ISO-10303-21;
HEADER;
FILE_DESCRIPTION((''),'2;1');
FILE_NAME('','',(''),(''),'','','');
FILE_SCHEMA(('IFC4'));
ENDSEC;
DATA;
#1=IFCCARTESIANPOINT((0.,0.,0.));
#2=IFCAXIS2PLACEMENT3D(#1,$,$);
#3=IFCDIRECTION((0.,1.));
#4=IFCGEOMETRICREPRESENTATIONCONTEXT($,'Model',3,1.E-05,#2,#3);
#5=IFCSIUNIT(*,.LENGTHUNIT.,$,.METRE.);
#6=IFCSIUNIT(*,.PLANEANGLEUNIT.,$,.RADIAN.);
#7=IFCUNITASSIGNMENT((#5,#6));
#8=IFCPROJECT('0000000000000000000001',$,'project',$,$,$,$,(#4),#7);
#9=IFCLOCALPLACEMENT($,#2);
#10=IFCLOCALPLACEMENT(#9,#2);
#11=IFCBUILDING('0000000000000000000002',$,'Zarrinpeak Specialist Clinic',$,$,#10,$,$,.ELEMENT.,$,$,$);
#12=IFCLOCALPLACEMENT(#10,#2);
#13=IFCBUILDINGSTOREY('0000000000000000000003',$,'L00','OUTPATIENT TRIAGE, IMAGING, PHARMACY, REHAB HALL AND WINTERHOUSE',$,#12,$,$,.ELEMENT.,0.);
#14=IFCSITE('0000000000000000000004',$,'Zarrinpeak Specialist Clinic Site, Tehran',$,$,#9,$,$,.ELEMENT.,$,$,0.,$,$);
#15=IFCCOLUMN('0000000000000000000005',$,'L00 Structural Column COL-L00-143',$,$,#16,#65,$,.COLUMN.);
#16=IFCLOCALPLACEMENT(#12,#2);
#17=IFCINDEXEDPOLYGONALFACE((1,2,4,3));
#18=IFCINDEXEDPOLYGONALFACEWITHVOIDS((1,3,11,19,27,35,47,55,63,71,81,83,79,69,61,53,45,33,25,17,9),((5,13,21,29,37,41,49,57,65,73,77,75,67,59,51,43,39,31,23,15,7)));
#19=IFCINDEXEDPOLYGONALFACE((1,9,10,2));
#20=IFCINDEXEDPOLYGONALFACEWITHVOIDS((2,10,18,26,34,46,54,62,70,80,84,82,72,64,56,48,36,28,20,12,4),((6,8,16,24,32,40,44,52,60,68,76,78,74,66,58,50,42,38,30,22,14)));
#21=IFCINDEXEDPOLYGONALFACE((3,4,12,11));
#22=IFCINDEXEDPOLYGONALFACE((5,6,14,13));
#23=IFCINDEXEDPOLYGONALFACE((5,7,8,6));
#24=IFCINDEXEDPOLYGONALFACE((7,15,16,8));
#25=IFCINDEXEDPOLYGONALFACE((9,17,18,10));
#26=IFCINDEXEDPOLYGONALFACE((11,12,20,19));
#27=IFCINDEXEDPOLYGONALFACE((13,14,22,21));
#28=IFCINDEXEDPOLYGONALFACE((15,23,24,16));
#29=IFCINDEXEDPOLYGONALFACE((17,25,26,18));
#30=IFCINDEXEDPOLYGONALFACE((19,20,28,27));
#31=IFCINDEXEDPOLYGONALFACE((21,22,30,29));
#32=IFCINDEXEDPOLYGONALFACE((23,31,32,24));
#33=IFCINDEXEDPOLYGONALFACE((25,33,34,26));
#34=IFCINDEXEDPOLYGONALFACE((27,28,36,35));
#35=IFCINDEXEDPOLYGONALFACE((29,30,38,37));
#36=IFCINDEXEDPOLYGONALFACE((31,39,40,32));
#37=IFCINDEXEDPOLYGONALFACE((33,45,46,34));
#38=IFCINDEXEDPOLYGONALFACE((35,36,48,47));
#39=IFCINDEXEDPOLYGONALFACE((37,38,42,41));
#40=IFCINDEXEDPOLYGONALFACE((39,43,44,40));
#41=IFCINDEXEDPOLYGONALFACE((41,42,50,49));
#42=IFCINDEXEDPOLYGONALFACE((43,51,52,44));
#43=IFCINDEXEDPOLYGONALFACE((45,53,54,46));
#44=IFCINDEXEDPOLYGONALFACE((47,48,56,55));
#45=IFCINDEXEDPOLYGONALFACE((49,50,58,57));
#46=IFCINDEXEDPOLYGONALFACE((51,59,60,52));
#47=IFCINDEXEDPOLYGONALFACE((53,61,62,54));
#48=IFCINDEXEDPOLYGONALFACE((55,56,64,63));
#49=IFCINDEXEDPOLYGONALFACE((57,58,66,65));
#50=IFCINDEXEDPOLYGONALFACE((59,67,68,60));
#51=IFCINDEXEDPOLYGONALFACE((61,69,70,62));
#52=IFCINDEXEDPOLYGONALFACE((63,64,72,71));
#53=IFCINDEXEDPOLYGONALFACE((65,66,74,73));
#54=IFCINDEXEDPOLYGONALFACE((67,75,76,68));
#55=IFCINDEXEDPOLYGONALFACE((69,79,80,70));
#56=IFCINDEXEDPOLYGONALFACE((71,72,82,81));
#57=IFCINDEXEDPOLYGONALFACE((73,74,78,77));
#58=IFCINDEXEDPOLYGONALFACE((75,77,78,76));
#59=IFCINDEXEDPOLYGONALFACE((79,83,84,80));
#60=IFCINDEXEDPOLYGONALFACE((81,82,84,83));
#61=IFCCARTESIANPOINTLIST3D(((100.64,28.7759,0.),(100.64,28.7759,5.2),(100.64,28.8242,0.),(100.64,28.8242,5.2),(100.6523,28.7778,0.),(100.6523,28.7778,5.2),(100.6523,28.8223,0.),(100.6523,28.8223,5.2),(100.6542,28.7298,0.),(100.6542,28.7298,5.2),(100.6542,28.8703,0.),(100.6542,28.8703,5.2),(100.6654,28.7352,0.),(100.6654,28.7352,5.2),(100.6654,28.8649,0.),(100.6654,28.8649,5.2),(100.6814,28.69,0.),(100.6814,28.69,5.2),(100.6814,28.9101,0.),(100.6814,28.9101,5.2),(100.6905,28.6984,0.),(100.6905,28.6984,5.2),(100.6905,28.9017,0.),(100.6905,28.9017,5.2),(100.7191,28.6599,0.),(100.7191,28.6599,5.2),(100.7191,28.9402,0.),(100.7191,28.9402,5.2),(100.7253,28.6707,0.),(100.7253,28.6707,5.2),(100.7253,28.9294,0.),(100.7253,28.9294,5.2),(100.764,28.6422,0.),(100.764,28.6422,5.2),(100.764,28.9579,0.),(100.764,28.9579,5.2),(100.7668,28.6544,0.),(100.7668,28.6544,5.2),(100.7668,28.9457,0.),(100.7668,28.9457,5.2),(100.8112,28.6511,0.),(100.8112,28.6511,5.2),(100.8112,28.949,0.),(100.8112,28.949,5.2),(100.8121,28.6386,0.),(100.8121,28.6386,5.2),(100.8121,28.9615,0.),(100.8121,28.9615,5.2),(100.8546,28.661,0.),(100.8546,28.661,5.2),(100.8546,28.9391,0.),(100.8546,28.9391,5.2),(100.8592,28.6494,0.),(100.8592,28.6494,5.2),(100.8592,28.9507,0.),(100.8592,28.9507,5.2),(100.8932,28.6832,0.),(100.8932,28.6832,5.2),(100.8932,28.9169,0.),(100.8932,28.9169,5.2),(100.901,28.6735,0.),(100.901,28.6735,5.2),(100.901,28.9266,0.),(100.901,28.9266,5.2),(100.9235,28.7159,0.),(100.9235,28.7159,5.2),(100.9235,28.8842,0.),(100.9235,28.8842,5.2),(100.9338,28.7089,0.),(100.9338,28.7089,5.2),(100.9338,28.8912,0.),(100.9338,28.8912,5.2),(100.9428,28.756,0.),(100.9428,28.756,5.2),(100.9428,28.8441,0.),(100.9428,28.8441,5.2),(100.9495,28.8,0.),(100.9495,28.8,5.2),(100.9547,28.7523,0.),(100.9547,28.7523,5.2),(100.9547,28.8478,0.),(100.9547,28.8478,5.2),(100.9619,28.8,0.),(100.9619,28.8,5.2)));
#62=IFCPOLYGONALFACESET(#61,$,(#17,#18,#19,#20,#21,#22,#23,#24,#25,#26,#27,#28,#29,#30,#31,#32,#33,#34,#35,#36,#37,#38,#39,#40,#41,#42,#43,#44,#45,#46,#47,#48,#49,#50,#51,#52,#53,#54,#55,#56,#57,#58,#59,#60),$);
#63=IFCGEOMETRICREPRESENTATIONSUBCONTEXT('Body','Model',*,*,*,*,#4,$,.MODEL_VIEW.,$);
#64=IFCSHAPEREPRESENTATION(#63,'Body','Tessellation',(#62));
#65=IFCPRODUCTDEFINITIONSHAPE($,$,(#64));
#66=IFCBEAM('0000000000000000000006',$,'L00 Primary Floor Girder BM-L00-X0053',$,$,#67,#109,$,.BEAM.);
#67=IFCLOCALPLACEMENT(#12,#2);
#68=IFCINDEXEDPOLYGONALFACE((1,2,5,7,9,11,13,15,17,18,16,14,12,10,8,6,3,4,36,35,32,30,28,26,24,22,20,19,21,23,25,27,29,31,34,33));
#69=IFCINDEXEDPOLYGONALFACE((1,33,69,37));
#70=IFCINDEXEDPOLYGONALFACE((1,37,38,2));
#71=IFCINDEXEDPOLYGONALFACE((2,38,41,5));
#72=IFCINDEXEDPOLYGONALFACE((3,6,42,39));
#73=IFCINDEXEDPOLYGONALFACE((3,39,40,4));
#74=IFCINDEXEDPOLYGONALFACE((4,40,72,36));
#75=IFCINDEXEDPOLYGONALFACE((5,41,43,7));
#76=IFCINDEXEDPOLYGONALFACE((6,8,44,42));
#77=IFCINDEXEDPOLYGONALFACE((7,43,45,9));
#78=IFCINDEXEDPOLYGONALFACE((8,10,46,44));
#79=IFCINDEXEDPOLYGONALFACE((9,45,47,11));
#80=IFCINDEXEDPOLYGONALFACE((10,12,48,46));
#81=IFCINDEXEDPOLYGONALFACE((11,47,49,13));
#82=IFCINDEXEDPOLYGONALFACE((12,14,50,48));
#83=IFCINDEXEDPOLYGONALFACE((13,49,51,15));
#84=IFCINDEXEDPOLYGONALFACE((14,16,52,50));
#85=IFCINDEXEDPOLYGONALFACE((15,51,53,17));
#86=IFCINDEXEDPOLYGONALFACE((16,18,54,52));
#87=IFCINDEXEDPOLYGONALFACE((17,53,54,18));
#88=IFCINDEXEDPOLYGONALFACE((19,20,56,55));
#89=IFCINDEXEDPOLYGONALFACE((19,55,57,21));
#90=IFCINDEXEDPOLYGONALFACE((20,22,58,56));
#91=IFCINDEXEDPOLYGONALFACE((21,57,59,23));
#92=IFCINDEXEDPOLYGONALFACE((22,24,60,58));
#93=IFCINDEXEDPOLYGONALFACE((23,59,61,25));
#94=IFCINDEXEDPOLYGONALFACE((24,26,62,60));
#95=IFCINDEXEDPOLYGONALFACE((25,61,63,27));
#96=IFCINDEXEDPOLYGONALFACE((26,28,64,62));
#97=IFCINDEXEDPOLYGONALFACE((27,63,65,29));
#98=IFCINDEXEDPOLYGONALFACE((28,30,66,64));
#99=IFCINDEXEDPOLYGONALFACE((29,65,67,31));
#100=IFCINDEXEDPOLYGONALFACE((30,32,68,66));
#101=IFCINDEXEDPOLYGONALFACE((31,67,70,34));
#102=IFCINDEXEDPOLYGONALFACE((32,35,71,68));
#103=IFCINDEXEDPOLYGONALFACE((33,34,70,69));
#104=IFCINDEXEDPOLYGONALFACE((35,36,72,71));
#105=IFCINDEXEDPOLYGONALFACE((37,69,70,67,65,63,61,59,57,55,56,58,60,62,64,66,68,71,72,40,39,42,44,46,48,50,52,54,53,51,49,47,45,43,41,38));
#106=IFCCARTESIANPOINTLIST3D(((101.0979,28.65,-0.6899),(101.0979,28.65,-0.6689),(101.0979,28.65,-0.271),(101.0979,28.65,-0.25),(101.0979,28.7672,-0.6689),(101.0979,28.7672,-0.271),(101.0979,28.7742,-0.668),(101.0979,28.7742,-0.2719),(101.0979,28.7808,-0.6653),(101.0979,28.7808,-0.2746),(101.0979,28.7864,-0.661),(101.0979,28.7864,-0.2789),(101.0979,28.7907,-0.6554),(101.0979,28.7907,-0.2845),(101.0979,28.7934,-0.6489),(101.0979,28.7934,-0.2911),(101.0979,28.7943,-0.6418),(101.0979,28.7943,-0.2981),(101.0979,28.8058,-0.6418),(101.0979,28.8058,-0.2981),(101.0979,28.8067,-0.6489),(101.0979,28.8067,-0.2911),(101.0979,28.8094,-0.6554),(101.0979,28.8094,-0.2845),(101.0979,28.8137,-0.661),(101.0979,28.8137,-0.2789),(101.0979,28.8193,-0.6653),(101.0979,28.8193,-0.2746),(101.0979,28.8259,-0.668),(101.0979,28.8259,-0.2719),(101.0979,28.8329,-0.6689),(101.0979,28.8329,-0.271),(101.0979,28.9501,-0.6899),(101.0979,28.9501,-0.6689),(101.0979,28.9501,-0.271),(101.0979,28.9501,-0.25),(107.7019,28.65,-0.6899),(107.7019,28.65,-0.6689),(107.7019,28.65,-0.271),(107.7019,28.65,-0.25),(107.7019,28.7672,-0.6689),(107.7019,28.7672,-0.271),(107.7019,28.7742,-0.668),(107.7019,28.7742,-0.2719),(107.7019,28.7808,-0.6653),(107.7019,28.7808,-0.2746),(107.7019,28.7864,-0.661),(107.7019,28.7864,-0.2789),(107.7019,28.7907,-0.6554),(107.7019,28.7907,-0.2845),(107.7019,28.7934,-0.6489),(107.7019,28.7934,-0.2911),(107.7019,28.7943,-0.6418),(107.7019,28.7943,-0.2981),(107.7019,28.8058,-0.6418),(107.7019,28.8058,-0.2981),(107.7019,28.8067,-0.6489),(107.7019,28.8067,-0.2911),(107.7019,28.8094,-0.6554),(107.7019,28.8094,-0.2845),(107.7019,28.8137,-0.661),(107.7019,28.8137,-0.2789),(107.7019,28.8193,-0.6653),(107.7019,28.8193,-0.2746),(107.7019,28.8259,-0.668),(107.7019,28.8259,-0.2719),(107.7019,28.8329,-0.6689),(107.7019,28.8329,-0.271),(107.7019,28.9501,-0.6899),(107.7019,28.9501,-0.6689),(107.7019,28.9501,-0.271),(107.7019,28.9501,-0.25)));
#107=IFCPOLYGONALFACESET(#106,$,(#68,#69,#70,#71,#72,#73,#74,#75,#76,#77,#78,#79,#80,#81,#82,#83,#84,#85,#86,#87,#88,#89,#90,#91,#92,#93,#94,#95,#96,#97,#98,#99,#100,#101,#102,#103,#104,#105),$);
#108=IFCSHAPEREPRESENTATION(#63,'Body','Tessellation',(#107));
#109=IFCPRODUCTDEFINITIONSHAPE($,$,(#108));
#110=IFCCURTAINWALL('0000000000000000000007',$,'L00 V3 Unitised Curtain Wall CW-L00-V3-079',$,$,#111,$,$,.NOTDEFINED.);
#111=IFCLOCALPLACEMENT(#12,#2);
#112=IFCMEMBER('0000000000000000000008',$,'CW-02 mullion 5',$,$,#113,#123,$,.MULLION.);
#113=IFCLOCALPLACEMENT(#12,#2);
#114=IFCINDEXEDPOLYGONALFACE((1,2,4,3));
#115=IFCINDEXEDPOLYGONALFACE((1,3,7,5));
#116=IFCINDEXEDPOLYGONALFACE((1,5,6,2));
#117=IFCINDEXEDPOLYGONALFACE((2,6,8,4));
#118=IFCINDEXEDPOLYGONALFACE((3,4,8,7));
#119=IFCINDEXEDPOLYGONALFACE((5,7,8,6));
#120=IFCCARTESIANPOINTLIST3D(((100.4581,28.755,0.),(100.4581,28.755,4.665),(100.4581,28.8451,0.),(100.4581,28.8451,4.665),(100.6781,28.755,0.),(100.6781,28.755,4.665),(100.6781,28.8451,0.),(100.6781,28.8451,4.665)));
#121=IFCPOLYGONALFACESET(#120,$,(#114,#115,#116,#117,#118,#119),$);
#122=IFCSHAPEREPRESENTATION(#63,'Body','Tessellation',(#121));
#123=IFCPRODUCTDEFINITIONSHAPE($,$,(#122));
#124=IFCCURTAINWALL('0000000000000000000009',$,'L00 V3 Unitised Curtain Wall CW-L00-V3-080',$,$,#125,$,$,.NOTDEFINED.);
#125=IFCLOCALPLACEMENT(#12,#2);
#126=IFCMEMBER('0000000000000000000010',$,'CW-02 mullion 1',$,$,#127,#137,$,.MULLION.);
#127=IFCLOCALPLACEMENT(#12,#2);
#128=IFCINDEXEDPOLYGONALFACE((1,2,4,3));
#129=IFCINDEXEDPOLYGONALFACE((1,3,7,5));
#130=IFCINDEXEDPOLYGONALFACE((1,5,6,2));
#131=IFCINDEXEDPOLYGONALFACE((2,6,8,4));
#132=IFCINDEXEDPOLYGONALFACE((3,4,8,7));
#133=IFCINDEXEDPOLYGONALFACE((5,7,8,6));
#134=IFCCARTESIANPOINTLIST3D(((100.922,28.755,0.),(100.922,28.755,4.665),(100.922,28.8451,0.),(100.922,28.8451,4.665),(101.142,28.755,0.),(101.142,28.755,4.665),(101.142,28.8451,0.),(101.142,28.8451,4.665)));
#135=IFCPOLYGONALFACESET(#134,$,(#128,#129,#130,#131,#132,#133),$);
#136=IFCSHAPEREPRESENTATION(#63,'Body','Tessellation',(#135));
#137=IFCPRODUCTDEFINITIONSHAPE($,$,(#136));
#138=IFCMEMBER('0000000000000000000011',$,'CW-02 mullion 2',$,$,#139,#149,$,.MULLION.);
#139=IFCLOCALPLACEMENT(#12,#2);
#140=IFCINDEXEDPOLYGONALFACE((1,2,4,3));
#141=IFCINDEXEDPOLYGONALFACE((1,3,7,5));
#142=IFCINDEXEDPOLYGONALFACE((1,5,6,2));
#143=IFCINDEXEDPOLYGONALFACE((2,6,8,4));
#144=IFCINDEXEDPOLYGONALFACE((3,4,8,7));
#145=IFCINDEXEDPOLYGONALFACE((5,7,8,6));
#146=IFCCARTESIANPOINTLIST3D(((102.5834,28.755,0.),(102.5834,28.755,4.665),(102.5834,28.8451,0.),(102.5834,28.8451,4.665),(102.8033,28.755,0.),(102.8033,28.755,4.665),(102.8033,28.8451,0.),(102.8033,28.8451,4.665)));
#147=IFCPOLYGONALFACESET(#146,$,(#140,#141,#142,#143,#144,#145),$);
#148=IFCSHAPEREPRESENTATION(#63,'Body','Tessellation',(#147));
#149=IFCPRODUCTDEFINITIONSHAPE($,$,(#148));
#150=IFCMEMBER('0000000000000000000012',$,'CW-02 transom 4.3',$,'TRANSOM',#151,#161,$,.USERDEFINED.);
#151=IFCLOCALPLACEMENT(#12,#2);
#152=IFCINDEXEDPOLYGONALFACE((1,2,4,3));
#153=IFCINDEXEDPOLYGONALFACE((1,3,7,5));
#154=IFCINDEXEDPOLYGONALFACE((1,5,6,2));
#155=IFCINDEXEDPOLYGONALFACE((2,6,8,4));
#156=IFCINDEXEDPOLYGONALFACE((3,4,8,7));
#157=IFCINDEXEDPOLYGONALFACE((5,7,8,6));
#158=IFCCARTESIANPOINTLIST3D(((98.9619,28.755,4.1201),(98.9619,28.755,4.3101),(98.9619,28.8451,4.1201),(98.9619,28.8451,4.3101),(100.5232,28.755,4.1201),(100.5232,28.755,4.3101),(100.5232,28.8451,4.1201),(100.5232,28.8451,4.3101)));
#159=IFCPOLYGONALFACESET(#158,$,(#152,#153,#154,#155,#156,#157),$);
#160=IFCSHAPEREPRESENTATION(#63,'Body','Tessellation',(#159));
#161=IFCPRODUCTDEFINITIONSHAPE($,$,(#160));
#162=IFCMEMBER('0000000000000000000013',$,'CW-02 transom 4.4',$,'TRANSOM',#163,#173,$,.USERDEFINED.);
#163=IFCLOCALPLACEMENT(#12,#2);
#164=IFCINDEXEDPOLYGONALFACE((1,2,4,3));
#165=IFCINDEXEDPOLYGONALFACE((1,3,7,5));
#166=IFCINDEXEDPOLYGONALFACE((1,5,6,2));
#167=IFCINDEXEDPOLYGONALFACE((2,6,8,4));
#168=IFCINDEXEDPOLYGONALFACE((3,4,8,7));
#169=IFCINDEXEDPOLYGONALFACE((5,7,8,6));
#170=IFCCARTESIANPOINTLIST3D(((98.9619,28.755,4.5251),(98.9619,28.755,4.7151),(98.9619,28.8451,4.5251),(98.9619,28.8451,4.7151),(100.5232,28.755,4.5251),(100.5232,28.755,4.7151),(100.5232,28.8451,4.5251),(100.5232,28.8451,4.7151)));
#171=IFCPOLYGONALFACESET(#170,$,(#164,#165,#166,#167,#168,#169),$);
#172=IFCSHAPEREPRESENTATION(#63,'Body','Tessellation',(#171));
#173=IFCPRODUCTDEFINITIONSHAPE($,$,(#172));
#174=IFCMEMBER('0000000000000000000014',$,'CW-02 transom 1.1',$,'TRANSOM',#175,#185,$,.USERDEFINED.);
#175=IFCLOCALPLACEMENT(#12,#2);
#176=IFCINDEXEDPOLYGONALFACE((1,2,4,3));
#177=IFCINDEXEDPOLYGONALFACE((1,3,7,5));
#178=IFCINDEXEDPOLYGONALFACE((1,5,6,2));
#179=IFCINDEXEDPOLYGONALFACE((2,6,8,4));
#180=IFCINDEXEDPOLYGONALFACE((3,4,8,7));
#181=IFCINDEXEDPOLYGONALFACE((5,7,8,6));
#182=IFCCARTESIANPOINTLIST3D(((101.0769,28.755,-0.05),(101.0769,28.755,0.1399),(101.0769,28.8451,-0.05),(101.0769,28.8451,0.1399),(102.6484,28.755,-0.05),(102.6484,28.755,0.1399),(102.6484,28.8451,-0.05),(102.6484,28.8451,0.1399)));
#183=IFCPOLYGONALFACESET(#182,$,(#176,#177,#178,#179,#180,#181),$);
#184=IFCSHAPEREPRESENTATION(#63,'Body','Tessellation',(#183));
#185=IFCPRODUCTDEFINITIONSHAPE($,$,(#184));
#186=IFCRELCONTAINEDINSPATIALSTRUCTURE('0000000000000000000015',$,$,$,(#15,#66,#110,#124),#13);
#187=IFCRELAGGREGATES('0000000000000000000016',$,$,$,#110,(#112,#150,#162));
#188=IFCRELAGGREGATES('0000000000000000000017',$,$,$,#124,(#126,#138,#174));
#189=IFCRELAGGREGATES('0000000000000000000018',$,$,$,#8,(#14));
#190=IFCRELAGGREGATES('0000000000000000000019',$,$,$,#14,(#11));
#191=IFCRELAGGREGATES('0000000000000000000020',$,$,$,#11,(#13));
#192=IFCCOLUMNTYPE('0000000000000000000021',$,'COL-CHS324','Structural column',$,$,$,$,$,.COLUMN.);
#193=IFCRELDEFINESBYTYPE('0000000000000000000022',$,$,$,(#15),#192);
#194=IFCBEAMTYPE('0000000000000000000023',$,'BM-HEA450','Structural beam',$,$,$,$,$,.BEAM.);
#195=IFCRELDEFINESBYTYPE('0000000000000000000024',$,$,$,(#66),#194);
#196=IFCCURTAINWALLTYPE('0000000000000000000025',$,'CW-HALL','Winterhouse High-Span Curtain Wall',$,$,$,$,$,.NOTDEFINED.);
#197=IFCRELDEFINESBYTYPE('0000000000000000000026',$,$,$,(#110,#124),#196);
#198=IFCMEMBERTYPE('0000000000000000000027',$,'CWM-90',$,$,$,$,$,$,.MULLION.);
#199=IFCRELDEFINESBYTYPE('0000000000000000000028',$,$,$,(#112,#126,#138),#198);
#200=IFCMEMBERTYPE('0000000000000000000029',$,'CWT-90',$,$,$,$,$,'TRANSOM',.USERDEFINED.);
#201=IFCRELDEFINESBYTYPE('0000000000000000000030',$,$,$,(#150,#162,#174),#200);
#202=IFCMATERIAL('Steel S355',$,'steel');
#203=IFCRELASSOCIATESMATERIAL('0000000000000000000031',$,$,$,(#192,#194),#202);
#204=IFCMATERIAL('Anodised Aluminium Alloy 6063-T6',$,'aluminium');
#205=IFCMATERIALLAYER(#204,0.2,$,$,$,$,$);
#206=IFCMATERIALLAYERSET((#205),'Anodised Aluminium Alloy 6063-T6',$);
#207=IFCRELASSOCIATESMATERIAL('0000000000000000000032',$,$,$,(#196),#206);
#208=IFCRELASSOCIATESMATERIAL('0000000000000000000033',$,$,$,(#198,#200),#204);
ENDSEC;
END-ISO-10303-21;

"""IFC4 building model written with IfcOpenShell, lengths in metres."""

from ifc_helpers import new_model, si_unit, direction, frame, origin, origin_2d, place, context, subcontext, project, spatial, rectangle, hollow_circle, i_section, extrude, material, layer, layer_set, material_profile, profile_set, type_object, element, aggregate, save


model = new_model("IFC4")

# Units and contexts
model_context = context("Model", 3, precision=1e-05, world=origin(), true_north=direction((0.0, 1.0)))
body_context = subcontext(model_context, "Body", "Model", "MODEL_VIEW")
ifc_project = project(units=[si_unit("LENGTHUNIT", "METRE"), si_unit("PLANEANGLEUNIT", "RADIAN")], contexts=[model_context])

# Site, building, storey
site_placement = place(None, origin())
site = spatial("IfcSite", under=ifc_project, at=site_placement, Name="Zarrinpeak Specialist Clinic Site, Tehran", CompositionType="ELEMENT", RefElevation=0.0)
building_placement = place(site_placement, origin())
building = spatial("IfcBuilding", under=site, at=building_placement, Name="Zarrinpeak Specialist Clinic", CompositionType="ELEMENT")
storey_placement = place(building_placement, origin())
storey = spatial("IfcBuildingStorey", under=building, at=storey_placement, Name="L00", Description="OUTPATIENT TRIAGE, IMAGING, PHARMACY, REHAB HALL AND WINTERHOUSE", CompositionType="ELEMENT", Elevation=0.0)

# Column
ifc_material_1 = material(Name="Steel S355", Category="steel")
ifc_material_profile_1 = material_profile(ifc_material_1, hollow_circle(Radius=0.1619, WallThickness=0.0125, at=origin_2d()), Name="CHS 323.9x12.5")
ifc_profile_set_1 = profile_set([ifc_material_profile_1], Name="Steel S355")
column_type = type_object("IfcColumnType", Name="COL-CHS324", Description="Structural column", PredefinedType="COLUMN", material=ifc_profile_set_1)
column_placement = place(storey_placement, frame((100.8, 28.8, 0.0), z_axis=(0.0, 0.0, 1.0), x_axis=(1.0, 0.0, 0.0)))
element("IfcColumn", 1, at=column_placement, inside=storey, type_object=column_type, Name="L00 Structural Column COL-L00-143", PredefinedType="COLUMN", context=body_context, shape_type="SweptSolid", body=[
    extrude(hollow_circle(Radius=0.1619, WallThickness=0.0125, at=origin_2d()), origin(), (0.0, 0.0, 1.0), 5.2),
])

# Beam
ifc_material_profile_2 = material_profile(ifc_material_1, i_section(OverallWidth=0.3, OverallDepth=0.4399, WebThickness=0.0115, FlangeThickness=0.021, FilletRadius=0.0271, at=origin_2d()), Name="HEA 450")
ifc_profile_set_2 = profile_set([ifc_material_profile_2], Name="Steel S355")
beam_type = type_object("IfcBeamType", Name="BM-HEA450", Description="Structural beam", PredefinedType="BEAM", material=ifc_profile_set_2)
beam_placement = place(storey_placement, frame((101.0979, 28.8, -0.47), z_axis=(1.0, 0.0, 0.0), x_axis=(0.0, 1.0, 0.0)))
element("IfcBeam", 2, at=beam_placement, inside=storey, type_object=beam_type, Name="L00 Primary Floor Girder BM-L00-X0053", PredefinedType="BEAM", context=body_context, shape_type="SweptSolid", body=[
    extrude(i_section(OverallWidth=0.3, OverallDepth=0.4399, WebThickness=0.0115, FlangeThickness=0.021, FilletRadius=0.0271, at=origin_2d()), origin(), (0.0, 0.0, 1.0), 6.604),
])

# Curtain wall, member
ifc_material_2 = material(Name="Anodised Aluminium Alloy 6063-T6", Category="aluminium")
ifc_layer_1 = layer(ifc_material_2, 0.2)
ifc_layer_set_1 = layer_set([ifc_layer_1], Name="Anodised Aluminium Alloy 6063-T6")
curtain_wall_type = type_object("IfcCurtainWallType", Name="CW-HALL", Description="Winterhouse High-Span Curtain Wall", PredefinedType="NOTDEFINED", material=ifc_layer_set_1)
curtain_wall_1_placement = place(storey_placement, origin())
curtain_wall_1 = element("IfcCurtainWall", 3, at=curtain_wall_1_placement, inside=storey, type_object=curtain_wall_type, Name="L00 V3 Unitised Curtain Wall CW-L00-V3-079", PredefinedType="NOTDEFINED")
ifc_material_profile_3 = material_profile(ifc_material_2, rectangle(XDim=0.0901, YDim=0.22, at=origin_2d()), Name="ALU 90x220")
ifc_profile_set_3 = profile_set([ifc_material_profile_3], Name="Anodised Aluminium Alloy 6063-T6")
member_type_1 = type_object("IfcMemberType", Name="CWM-90", PredefinedType="MULLION", material=ifc_profile_set_3)
member_1_placement = place(storey_placement, frame((100.5681, 28.8, 0.0), z_axis=(0.0, 0.0, 1.0), x_axis=(0.0, 1.0, 0.0)))
member_1 = element("IfcMember", 4, at=member_1_placement, type_object=member_type_1, Name="CW-02 mullion 5", PredefinedType="MULLION", context=body_context, shape_type="SweptSolid", body=[
    extrude(rectangle(XDim=0.0901, YDim=0.22, at=origin_2d()), origin(), (0.0, 0.0, 1.0), 4.665),
])

# Curtain wall, members
curtain_wall_2_placement = place(storey_placement, origin())
curtain_wall_2 = element("IfcCurtainWall", 5, at=curtain_wall_2_placement, inside=storey, type_object=curtain_wall_type, Name="L00 V3 Unitised Curtain Wall CW-L00-V3-080", PredefinedType="NOTDEFINED")
member_2_placement = place(storey_placement, frame((101.032, 28.8, 0.0), z_axis=(0.0, 0.0, 1.0), x_axis=(0.0, 1.0, 0.0)))
member_2 = element("IfcMember", 6, at=member_2_placement, type_object=member_type_1, Name="CW-02 mullion 1", PredefinedType="MULLION", context=body_context, shape_type="SweptSolid", body=[
    extrude(rectangle(XDim=0.0901, YDim=0.22, at=origin_2d()), origin(), (0.0, 0.0, 1.0), 4.665),
])
member_3_placement = place(storey_placement, frame((102.6934, 28.8, 0.0), z_axis=(0.0, 0.0, 1.0), x_axis=(0.0, 1.0, 0.0)))
member_3 = element("IfcMember", 7, at=member_3_placement, type_object=member_type_1, Name="CW-02 mullion 2", PredefinedType="MULLION", context=body_context, shape_type="SweptSolid", body=[
    extrude(rectangle(XDim=0.0901, YDim=0.22, at=origin_2d()), origin(), (0.0, 0.0, 1.0), 4.665),
])

# Members
ifc_material_profile_4 = material_profile(ifc_material_2, rectangle(XDim=0.0901, YDim=0.1899, at=origin_2d()), Name="ALU 90x190")
ifc_profile_set_4 = profile_set([ifc_material_profile_4], Name="Anodised Aluminium Alloy 6063-T6")
member_type_2 = type_object("IfcMemberType", Name="CWT-90", ElementType="TRANSOM", PredefinedType="USERDEFINED", material=ifc_profile_set_4)
member_4_placement = place(storey_placement, frame((98.9619, 28.8, 4.2151), z_axis=(1.0, 0.0, 0.0), x_axis=(0.0, 1.0, 0.0)))
member_4 = element("IfcMember", 8, at=member_4_placement, type_object=member_type_2, Name="CW-02 transom 4.3", ObjectType="TRANSOM", PredefinedType="USERDEFINED", context=body_context, shape_type="SweptSolid", body=[
    extrude(rectangle(XDim=0.0901, YDim=0.1899, at=origin_2d()), origin(), (0.0, 0.0, 1.0), 1.5613),
])
member_5_placement = place(storey_placement, frame((98.9619, 28.8, 4.6201), z_axis=(1.0, 0.0, 0.0), x_axis=(0.0, 1.0, 0.0)))
member_5 = element("IfcMember", 9, at=member_5_placement, type_object=member_type_2, Name="CW-02 transom 4.4", ObjectType="TRANSOM", PredefinedType="USERDEFINED", context=body_context, shape_type="SweptSolid", body=[
    extrude(rectangle(XDim=0.0901, YDim=0.1899, at=origin_2d()), origin(), (0.0, 0.0, 1.0), 1.5613),
])
member_6_placement = place(storey_placement, frame((101.0769, 28.8, 0.0449), z_axis=(1.0, 0.0, 0.0), x_axis=(0.0, 1.0, 0.0)))
member_6 = element("IfcMember", 10, at=member_6_placement, type_object=member_type_2, Name="CW-02 transom 1.1", ObjectType="TRANSOM", PredefinedType="USERDEFINED", context=body_context, shape_type="SweptSolid", body=[
    extrude(rectangle(XDim=0.0901, YDim=0.1899, at=origin_2d()), origin(), (0.0, 0.0, 1.0), 1.5715),
])

aggregate(curtain_wall_1, [member_1, member_4, member_5])
aggregate(curtain_wall_2, [member_2, member_3, member_6])

save(model, "model.ifc")
